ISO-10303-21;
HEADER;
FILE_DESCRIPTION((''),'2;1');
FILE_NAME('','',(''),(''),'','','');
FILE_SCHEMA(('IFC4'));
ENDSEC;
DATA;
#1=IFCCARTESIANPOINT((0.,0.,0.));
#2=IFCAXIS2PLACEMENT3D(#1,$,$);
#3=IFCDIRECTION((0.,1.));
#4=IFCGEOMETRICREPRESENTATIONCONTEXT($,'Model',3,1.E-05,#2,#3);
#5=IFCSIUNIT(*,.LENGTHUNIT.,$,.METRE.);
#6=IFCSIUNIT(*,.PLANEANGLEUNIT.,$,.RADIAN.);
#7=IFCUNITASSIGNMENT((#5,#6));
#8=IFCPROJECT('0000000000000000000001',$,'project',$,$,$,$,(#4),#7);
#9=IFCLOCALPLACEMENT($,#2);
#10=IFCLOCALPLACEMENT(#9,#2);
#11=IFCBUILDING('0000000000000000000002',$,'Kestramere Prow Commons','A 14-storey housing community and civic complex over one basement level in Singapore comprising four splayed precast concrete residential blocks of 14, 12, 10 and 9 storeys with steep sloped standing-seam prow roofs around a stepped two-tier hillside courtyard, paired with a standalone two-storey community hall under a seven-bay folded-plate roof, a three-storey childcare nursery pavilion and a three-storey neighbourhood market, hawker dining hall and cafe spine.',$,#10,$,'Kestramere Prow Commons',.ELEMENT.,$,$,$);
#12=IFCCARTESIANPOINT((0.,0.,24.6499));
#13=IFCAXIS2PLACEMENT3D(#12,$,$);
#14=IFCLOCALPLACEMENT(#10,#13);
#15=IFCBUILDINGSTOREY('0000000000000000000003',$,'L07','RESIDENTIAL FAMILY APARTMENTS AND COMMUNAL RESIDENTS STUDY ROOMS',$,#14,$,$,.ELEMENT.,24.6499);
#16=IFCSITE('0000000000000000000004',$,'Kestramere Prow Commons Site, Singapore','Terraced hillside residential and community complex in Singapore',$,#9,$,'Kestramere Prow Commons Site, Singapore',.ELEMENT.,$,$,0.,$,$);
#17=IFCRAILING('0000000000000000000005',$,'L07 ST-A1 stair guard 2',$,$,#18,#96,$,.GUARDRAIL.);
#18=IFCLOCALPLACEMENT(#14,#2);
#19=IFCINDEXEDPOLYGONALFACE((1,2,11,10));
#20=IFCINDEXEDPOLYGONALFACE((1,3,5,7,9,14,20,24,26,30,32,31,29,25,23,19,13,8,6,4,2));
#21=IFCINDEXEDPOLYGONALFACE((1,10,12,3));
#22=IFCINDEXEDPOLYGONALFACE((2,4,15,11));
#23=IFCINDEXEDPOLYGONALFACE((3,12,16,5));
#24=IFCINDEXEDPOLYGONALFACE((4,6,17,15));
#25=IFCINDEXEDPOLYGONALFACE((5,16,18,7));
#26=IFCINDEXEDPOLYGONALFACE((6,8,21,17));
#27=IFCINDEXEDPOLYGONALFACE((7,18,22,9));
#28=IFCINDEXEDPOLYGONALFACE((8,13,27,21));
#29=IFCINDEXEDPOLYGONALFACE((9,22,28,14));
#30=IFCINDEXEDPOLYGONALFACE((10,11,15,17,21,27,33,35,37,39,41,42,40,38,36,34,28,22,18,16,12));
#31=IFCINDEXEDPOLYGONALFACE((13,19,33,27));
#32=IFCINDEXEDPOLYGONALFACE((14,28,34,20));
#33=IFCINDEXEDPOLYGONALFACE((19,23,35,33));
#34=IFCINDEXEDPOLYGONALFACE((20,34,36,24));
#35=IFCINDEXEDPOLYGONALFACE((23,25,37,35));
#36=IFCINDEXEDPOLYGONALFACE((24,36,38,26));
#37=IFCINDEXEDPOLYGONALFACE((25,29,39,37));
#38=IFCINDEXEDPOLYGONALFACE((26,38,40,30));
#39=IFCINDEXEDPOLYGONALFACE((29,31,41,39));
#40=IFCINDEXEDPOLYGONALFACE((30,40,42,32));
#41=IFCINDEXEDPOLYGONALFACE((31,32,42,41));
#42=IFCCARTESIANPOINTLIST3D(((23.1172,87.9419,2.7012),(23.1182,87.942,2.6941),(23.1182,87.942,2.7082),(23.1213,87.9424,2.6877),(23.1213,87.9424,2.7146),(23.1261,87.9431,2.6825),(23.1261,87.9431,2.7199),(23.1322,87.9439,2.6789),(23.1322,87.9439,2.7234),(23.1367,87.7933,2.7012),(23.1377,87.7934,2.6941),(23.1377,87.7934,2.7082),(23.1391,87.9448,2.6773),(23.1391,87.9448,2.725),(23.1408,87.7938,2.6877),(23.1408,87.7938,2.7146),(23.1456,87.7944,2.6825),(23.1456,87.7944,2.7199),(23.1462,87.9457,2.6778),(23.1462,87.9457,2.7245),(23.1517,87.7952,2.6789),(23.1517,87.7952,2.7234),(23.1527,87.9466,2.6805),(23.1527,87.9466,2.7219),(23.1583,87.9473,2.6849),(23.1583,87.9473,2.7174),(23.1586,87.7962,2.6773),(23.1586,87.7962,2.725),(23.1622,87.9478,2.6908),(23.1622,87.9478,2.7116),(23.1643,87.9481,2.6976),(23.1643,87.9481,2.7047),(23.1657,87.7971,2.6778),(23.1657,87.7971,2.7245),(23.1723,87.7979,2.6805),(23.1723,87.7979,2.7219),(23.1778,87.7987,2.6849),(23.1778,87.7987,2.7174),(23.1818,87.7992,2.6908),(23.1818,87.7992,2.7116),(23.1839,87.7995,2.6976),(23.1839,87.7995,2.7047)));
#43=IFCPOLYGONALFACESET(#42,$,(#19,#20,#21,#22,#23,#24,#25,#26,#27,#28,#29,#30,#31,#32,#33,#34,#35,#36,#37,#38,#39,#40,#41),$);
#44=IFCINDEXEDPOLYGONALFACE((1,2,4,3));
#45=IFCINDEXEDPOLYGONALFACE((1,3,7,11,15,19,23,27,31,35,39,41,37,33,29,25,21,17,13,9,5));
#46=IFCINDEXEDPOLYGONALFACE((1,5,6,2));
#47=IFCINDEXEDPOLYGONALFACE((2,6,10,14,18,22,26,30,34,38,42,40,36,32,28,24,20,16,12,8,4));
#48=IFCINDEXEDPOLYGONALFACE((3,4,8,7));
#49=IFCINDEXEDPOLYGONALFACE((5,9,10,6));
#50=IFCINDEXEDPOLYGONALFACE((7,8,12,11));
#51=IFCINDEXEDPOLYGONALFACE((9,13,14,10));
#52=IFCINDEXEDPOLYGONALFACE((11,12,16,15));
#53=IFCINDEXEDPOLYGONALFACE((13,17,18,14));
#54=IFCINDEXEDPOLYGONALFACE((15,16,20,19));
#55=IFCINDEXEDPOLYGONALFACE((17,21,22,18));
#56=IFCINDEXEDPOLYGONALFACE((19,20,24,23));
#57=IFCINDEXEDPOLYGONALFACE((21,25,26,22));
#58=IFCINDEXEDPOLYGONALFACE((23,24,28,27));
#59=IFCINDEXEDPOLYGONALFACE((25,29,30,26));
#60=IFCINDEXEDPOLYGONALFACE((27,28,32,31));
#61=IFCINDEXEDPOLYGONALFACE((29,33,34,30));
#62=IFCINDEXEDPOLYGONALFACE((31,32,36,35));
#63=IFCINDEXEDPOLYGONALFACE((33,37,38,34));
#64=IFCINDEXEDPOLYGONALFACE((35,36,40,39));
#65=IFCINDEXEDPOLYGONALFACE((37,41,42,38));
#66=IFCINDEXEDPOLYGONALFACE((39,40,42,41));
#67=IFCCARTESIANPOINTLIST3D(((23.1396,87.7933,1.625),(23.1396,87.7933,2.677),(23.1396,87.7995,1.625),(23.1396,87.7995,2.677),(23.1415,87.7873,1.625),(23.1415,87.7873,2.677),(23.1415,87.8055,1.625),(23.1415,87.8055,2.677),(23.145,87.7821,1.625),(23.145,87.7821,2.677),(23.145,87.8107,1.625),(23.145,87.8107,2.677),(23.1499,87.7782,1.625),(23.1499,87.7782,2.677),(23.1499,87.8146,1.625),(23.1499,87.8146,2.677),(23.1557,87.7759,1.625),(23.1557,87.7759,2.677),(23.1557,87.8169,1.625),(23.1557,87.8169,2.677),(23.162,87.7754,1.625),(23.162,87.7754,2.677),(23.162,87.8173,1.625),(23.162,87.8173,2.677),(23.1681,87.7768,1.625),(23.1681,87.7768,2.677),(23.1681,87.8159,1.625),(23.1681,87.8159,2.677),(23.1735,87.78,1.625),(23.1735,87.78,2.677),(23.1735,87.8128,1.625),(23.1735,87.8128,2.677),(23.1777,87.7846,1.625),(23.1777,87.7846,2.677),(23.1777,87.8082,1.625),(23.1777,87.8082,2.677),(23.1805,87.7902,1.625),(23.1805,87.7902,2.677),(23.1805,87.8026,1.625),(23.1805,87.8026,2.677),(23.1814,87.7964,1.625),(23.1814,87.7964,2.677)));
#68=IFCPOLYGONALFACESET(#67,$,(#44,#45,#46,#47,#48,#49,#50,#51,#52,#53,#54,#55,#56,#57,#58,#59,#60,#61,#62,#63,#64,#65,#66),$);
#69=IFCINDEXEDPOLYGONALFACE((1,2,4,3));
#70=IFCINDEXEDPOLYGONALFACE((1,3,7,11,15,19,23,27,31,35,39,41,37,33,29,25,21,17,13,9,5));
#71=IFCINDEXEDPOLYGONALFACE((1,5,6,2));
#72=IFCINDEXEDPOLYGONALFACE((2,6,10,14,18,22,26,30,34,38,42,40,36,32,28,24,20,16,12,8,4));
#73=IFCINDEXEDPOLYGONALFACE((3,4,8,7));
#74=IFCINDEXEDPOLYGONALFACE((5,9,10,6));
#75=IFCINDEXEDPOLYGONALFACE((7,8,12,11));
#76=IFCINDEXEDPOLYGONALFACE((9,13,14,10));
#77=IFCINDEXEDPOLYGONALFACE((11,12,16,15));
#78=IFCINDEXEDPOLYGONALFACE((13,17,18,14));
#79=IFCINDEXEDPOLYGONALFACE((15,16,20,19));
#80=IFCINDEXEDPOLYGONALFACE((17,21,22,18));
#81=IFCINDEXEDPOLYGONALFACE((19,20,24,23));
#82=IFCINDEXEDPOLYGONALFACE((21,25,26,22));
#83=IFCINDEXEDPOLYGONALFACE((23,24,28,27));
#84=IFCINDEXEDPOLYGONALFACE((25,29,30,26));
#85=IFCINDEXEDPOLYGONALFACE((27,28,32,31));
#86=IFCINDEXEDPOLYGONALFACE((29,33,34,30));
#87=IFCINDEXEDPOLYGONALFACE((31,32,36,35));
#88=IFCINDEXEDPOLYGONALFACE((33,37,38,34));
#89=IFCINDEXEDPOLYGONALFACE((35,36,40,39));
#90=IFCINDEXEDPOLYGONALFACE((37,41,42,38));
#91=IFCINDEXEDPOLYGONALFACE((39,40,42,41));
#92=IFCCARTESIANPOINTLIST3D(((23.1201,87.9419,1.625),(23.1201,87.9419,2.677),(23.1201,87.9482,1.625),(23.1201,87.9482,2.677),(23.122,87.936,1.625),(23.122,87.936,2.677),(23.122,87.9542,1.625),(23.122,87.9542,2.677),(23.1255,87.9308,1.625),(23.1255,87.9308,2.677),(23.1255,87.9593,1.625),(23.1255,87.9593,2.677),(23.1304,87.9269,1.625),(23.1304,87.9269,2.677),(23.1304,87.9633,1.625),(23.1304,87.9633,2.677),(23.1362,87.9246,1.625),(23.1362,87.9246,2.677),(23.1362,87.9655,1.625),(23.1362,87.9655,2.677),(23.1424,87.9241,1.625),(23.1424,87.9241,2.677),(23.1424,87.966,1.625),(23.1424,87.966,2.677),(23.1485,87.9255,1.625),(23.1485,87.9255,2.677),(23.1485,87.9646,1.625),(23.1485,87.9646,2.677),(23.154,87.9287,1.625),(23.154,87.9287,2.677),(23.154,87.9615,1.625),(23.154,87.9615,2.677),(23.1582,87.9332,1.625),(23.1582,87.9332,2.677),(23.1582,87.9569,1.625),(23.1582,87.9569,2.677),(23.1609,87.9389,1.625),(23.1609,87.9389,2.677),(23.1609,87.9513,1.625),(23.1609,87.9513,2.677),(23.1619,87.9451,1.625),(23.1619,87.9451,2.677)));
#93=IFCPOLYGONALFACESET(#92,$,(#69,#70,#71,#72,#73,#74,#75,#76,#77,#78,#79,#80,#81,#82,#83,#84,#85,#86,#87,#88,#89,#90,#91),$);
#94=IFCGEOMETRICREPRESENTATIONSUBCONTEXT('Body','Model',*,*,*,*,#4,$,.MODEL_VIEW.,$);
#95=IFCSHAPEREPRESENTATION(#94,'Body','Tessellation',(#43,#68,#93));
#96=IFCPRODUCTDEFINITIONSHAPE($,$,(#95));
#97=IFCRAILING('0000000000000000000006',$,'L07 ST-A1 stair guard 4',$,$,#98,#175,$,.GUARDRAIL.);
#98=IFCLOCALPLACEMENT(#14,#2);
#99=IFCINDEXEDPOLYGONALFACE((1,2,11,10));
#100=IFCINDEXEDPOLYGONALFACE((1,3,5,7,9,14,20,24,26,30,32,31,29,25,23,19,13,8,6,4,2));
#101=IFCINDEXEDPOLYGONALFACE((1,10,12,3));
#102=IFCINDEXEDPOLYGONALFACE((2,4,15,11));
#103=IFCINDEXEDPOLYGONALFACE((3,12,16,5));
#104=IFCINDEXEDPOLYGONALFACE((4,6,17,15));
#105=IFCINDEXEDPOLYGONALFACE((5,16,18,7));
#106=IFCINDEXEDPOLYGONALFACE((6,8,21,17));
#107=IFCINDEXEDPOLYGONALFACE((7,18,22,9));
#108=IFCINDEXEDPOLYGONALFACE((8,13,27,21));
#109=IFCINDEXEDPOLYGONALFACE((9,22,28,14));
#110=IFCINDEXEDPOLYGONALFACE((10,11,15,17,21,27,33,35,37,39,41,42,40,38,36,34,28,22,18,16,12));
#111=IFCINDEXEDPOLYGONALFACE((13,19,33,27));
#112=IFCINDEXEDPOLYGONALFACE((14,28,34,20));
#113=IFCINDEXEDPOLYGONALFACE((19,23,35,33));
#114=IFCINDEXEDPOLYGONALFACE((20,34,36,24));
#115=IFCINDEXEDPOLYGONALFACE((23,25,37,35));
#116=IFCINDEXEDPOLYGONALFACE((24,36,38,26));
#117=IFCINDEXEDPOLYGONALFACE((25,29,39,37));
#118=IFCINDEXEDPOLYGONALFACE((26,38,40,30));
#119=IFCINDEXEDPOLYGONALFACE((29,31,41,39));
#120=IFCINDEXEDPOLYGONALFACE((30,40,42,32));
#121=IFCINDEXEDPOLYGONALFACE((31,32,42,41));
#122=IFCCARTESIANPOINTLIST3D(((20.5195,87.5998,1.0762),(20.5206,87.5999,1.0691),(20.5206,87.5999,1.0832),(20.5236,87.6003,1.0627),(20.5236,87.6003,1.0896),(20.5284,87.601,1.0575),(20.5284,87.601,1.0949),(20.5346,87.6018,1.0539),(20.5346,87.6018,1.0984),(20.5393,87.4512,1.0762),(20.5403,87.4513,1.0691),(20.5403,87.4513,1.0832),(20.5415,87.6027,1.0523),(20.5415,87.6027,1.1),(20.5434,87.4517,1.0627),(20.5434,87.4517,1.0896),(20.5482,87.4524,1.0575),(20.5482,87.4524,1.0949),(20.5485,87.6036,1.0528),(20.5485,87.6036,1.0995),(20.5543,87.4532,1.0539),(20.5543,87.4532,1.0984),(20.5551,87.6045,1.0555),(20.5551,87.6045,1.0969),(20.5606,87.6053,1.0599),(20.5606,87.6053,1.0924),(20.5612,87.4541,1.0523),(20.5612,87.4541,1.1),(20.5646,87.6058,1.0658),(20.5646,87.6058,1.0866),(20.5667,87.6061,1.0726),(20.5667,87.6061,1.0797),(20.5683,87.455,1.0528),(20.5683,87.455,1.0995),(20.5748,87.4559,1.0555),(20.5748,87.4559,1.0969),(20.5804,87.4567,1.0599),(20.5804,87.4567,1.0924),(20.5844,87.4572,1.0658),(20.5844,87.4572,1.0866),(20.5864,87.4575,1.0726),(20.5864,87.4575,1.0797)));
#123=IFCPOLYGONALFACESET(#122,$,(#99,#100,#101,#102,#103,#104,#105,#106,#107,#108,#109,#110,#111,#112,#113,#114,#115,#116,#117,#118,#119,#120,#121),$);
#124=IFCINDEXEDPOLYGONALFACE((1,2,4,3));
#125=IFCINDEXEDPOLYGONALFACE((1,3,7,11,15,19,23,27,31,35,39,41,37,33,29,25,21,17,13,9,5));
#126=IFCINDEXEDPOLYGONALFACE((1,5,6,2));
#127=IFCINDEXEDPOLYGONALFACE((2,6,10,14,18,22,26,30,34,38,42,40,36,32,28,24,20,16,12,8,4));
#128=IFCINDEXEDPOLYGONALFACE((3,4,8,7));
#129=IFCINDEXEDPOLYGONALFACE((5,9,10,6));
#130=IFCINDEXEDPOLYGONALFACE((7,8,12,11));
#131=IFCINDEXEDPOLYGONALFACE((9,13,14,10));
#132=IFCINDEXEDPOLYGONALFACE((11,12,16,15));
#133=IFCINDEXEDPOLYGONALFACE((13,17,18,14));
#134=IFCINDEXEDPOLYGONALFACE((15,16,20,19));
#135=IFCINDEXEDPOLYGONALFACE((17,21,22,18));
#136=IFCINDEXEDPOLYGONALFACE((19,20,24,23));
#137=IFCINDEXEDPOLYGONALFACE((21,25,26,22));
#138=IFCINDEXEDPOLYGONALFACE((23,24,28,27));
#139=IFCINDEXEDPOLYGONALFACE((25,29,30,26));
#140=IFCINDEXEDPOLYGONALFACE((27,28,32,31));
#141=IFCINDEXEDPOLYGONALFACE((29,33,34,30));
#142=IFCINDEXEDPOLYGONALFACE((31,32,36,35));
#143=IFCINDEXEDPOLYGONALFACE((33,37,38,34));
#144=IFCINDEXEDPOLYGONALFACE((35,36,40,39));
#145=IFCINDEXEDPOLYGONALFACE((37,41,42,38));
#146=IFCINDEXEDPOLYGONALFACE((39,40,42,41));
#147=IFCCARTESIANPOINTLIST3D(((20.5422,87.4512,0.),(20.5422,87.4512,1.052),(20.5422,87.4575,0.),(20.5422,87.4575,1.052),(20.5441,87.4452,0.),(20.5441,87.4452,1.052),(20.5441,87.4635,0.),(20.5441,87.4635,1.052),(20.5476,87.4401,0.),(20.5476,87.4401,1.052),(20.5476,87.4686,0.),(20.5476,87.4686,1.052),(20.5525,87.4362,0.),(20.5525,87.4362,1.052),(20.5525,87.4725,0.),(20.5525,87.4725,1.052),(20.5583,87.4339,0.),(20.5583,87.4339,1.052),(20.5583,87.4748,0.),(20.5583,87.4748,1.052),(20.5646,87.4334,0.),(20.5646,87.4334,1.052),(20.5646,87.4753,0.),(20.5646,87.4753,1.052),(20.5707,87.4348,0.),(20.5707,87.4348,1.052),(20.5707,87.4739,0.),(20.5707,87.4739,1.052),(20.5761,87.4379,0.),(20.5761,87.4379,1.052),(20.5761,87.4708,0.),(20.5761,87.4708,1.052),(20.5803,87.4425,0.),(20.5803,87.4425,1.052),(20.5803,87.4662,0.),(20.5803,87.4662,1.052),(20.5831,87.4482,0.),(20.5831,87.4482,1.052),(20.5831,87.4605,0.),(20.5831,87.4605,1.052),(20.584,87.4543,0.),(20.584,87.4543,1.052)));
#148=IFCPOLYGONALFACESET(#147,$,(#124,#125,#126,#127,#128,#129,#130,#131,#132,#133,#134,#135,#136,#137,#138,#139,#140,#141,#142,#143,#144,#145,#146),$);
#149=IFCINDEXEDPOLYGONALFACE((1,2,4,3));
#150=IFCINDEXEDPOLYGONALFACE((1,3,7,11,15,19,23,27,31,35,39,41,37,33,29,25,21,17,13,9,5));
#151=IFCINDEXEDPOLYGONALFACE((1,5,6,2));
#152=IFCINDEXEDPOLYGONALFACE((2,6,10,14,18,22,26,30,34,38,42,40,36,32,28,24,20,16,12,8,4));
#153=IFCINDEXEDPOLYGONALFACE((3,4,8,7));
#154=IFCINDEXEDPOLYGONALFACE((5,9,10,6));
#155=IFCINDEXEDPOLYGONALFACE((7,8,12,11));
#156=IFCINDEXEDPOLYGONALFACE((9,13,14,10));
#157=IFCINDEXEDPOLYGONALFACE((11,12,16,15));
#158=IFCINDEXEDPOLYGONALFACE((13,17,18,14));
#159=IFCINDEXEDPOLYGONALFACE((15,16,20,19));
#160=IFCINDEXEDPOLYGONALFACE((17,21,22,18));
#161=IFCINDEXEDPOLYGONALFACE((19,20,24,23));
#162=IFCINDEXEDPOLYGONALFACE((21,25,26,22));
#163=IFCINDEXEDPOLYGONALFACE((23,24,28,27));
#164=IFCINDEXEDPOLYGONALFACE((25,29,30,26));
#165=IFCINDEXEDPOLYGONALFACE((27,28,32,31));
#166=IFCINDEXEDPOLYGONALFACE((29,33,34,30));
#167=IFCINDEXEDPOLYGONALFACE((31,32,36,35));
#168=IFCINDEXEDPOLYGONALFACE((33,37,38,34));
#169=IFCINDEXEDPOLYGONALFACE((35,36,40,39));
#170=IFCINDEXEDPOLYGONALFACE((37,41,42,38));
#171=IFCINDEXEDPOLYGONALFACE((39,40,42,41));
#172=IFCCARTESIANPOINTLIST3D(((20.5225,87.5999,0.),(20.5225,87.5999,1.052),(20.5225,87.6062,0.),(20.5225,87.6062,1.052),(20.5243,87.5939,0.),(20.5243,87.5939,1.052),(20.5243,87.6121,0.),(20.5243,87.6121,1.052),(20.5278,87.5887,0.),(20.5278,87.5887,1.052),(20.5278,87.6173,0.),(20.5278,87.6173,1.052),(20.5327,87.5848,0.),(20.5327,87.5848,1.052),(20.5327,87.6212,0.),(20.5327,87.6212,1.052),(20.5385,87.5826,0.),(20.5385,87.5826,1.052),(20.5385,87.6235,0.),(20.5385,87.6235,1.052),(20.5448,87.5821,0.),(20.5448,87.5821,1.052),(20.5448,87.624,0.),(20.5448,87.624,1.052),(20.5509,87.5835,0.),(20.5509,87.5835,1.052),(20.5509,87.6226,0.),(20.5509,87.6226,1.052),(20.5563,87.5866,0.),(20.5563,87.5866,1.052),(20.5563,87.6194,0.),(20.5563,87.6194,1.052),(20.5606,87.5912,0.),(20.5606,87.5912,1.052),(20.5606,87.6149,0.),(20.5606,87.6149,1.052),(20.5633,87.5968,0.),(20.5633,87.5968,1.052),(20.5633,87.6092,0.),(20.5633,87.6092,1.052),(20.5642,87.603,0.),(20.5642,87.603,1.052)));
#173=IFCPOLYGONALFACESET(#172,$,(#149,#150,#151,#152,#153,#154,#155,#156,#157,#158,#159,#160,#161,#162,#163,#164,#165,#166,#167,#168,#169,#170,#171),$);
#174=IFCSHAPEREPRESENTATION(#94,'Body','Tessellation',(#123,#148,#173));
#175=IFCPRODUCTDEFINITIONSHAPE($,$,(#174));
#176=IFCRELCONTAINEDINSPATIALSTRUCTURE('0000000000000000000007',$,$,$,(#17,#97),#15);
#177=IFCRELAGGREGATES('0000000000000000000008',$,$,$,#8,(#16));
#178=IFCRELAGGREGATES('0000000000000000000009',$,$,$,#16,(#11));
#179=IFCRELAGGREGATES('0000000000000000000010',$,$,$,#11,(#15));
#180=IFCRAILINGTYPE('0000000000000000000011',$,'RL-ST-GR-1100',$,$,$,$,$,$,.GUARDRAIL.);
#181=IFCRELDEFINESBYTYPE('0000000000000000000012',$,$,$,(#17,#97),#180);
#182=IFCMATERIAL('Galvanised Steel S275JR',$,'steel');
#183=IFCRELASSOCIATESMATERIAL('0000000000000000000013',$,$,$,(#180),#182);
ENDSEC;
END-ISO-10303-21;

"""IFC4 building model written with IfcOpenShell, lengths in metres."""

from ifc_helpers import new_model, si_unit, direction, frame, origin, origin_2d, place, context, subcontext, project, spatial, circle, extrude, material, type_object, element, save


model = new_model("IFC4")

# Units and contexts
model_context = context("Model", 3, precision=1e-05, world=origin(), true_north=direction((0.0, 1.0)))
body_context = subcontext(model_context, "Body", "Model", "MODEL_VIEW")
ifc_project = project(units=[si_unit("LENGTHUNIT", "METRE"), si_unit("PLANEANGLEUNIT", "RADIAN")], contexts=[model_context])

# Site, building, storey
site_placement = place(None, origin())
site = spatial("IfcSite", under=ifc_project, at=site_placement, Name="Kestramere Prow Commons Site, Singapore", Description="Terraced hillside residential and community complex in Singapore", LongName="Kestramere Prow Commons Site, Singapore", CompositionType="ELEMENT", RefElevation=0.0)
building_placement = place(site_placement, origin())
building = spatial("IfcBuilding", under=site, at=building_placement, Name="Kestramere Prow Commons", Description="A 14-storey housing community and civic complex over one basement level in Singapore comprising four splayed precast concrete residential blocks of 14, 12, 10 and 9 storeys with steep sloped standing-seam prow roofs around a stepped two-tier hillside courtyard, paired with a standalone two-storey community hall under a seven-bay folded-plate roof, a three-storey childcare nursery pavilion and a three-storey neighbourhood market, hawker dining hall and cafe spine.", LongName="Kestramere Prow Commons", CompositionType="ELEMENT")
storey_placement = place(building_placement, frame((0.0, 0.0, 24.6499)))
storey = spatial("IfcBuildingStorey", under=building, at=storey_placement, Name="L07", Description="RESIDENTIAL FAMILY APARTMENTS AND COMMUNAL RESIDENTS STUDY ROOMS", CompositionType="ELEMENT", Elevation=24.6499)

# Railings
ifc_material_1 = material(Name="Galvanised Steel S275JR", Category="steel")
railing_type_1 = type_object("IfcRailingType", Name="RL-ST-GR-1100", PredefinedType="GUARDRAIL", material=ifc_material_1)
railing_1_placement = place(storey_placement, frame((23.1604, 87.7964, 1.625)))
element("IfcRailing", 1, at=railing_1_placement, inside=storey, type_object=railing_type_1, Name="L07 ST-A1 stair guard 2", PredefinedType="GUARDRAIL", context=body_context, shape_type="SweptSolid", body=[
    extrude(circle(Radius=0.0239, at=origin_2d()), frame((0.0, 0.0, 1.0762), z_axis=(-0.130244, 0.991482, 0.0), x_axis=(-0.991482, -0.130244, 0.0)), (0.0, 0.0, 1.0), 0.1499),
    extrude(circle(Radius=0.021, at=origin_2d()), origin(), (0.0, 0.0, 1.0), 1.052),
    extrude(circle(Radius=0.021, at=origin_2d()), frame((-0.0195, 0.1487, 0.0)), (0.0, 0.0, 1.0), 1.052),
])
railing_2_placement = place(storey_placement, frame((20.563, 87.4543, 0.0)))
element("IfcRailing", 2, at=railing_2_placement, inside=storey, type_object=railing_type_1, Name="L07 ST-A1 stair guard 4", PredefinedType="GUARDRAIL", context=body_context, shape_type="SweptSolid", body=[
    extrude(circle(Radius=0.0239, at=origin_2d()), frame((0.0, 0.0, 1.0762), z_axis=(-0.131844, 0.99127, 0.0), x_axis=(-0.99127, -0.131844, 0.0)), (0.0, 0.0, 1.0), 0.1499),
    extrude(circle(Radius=0.021, at=origin_2d()), origin(), (0.0, 0.0, 1.0), 1.052),
    extrude(circle(Radius=0.021, at=origin_2d()), frame((-0.0198, 0.1487, 0.0)), (0.0, 0.0, 1.0), 1.052),
])

save(model, "model.ifc")
